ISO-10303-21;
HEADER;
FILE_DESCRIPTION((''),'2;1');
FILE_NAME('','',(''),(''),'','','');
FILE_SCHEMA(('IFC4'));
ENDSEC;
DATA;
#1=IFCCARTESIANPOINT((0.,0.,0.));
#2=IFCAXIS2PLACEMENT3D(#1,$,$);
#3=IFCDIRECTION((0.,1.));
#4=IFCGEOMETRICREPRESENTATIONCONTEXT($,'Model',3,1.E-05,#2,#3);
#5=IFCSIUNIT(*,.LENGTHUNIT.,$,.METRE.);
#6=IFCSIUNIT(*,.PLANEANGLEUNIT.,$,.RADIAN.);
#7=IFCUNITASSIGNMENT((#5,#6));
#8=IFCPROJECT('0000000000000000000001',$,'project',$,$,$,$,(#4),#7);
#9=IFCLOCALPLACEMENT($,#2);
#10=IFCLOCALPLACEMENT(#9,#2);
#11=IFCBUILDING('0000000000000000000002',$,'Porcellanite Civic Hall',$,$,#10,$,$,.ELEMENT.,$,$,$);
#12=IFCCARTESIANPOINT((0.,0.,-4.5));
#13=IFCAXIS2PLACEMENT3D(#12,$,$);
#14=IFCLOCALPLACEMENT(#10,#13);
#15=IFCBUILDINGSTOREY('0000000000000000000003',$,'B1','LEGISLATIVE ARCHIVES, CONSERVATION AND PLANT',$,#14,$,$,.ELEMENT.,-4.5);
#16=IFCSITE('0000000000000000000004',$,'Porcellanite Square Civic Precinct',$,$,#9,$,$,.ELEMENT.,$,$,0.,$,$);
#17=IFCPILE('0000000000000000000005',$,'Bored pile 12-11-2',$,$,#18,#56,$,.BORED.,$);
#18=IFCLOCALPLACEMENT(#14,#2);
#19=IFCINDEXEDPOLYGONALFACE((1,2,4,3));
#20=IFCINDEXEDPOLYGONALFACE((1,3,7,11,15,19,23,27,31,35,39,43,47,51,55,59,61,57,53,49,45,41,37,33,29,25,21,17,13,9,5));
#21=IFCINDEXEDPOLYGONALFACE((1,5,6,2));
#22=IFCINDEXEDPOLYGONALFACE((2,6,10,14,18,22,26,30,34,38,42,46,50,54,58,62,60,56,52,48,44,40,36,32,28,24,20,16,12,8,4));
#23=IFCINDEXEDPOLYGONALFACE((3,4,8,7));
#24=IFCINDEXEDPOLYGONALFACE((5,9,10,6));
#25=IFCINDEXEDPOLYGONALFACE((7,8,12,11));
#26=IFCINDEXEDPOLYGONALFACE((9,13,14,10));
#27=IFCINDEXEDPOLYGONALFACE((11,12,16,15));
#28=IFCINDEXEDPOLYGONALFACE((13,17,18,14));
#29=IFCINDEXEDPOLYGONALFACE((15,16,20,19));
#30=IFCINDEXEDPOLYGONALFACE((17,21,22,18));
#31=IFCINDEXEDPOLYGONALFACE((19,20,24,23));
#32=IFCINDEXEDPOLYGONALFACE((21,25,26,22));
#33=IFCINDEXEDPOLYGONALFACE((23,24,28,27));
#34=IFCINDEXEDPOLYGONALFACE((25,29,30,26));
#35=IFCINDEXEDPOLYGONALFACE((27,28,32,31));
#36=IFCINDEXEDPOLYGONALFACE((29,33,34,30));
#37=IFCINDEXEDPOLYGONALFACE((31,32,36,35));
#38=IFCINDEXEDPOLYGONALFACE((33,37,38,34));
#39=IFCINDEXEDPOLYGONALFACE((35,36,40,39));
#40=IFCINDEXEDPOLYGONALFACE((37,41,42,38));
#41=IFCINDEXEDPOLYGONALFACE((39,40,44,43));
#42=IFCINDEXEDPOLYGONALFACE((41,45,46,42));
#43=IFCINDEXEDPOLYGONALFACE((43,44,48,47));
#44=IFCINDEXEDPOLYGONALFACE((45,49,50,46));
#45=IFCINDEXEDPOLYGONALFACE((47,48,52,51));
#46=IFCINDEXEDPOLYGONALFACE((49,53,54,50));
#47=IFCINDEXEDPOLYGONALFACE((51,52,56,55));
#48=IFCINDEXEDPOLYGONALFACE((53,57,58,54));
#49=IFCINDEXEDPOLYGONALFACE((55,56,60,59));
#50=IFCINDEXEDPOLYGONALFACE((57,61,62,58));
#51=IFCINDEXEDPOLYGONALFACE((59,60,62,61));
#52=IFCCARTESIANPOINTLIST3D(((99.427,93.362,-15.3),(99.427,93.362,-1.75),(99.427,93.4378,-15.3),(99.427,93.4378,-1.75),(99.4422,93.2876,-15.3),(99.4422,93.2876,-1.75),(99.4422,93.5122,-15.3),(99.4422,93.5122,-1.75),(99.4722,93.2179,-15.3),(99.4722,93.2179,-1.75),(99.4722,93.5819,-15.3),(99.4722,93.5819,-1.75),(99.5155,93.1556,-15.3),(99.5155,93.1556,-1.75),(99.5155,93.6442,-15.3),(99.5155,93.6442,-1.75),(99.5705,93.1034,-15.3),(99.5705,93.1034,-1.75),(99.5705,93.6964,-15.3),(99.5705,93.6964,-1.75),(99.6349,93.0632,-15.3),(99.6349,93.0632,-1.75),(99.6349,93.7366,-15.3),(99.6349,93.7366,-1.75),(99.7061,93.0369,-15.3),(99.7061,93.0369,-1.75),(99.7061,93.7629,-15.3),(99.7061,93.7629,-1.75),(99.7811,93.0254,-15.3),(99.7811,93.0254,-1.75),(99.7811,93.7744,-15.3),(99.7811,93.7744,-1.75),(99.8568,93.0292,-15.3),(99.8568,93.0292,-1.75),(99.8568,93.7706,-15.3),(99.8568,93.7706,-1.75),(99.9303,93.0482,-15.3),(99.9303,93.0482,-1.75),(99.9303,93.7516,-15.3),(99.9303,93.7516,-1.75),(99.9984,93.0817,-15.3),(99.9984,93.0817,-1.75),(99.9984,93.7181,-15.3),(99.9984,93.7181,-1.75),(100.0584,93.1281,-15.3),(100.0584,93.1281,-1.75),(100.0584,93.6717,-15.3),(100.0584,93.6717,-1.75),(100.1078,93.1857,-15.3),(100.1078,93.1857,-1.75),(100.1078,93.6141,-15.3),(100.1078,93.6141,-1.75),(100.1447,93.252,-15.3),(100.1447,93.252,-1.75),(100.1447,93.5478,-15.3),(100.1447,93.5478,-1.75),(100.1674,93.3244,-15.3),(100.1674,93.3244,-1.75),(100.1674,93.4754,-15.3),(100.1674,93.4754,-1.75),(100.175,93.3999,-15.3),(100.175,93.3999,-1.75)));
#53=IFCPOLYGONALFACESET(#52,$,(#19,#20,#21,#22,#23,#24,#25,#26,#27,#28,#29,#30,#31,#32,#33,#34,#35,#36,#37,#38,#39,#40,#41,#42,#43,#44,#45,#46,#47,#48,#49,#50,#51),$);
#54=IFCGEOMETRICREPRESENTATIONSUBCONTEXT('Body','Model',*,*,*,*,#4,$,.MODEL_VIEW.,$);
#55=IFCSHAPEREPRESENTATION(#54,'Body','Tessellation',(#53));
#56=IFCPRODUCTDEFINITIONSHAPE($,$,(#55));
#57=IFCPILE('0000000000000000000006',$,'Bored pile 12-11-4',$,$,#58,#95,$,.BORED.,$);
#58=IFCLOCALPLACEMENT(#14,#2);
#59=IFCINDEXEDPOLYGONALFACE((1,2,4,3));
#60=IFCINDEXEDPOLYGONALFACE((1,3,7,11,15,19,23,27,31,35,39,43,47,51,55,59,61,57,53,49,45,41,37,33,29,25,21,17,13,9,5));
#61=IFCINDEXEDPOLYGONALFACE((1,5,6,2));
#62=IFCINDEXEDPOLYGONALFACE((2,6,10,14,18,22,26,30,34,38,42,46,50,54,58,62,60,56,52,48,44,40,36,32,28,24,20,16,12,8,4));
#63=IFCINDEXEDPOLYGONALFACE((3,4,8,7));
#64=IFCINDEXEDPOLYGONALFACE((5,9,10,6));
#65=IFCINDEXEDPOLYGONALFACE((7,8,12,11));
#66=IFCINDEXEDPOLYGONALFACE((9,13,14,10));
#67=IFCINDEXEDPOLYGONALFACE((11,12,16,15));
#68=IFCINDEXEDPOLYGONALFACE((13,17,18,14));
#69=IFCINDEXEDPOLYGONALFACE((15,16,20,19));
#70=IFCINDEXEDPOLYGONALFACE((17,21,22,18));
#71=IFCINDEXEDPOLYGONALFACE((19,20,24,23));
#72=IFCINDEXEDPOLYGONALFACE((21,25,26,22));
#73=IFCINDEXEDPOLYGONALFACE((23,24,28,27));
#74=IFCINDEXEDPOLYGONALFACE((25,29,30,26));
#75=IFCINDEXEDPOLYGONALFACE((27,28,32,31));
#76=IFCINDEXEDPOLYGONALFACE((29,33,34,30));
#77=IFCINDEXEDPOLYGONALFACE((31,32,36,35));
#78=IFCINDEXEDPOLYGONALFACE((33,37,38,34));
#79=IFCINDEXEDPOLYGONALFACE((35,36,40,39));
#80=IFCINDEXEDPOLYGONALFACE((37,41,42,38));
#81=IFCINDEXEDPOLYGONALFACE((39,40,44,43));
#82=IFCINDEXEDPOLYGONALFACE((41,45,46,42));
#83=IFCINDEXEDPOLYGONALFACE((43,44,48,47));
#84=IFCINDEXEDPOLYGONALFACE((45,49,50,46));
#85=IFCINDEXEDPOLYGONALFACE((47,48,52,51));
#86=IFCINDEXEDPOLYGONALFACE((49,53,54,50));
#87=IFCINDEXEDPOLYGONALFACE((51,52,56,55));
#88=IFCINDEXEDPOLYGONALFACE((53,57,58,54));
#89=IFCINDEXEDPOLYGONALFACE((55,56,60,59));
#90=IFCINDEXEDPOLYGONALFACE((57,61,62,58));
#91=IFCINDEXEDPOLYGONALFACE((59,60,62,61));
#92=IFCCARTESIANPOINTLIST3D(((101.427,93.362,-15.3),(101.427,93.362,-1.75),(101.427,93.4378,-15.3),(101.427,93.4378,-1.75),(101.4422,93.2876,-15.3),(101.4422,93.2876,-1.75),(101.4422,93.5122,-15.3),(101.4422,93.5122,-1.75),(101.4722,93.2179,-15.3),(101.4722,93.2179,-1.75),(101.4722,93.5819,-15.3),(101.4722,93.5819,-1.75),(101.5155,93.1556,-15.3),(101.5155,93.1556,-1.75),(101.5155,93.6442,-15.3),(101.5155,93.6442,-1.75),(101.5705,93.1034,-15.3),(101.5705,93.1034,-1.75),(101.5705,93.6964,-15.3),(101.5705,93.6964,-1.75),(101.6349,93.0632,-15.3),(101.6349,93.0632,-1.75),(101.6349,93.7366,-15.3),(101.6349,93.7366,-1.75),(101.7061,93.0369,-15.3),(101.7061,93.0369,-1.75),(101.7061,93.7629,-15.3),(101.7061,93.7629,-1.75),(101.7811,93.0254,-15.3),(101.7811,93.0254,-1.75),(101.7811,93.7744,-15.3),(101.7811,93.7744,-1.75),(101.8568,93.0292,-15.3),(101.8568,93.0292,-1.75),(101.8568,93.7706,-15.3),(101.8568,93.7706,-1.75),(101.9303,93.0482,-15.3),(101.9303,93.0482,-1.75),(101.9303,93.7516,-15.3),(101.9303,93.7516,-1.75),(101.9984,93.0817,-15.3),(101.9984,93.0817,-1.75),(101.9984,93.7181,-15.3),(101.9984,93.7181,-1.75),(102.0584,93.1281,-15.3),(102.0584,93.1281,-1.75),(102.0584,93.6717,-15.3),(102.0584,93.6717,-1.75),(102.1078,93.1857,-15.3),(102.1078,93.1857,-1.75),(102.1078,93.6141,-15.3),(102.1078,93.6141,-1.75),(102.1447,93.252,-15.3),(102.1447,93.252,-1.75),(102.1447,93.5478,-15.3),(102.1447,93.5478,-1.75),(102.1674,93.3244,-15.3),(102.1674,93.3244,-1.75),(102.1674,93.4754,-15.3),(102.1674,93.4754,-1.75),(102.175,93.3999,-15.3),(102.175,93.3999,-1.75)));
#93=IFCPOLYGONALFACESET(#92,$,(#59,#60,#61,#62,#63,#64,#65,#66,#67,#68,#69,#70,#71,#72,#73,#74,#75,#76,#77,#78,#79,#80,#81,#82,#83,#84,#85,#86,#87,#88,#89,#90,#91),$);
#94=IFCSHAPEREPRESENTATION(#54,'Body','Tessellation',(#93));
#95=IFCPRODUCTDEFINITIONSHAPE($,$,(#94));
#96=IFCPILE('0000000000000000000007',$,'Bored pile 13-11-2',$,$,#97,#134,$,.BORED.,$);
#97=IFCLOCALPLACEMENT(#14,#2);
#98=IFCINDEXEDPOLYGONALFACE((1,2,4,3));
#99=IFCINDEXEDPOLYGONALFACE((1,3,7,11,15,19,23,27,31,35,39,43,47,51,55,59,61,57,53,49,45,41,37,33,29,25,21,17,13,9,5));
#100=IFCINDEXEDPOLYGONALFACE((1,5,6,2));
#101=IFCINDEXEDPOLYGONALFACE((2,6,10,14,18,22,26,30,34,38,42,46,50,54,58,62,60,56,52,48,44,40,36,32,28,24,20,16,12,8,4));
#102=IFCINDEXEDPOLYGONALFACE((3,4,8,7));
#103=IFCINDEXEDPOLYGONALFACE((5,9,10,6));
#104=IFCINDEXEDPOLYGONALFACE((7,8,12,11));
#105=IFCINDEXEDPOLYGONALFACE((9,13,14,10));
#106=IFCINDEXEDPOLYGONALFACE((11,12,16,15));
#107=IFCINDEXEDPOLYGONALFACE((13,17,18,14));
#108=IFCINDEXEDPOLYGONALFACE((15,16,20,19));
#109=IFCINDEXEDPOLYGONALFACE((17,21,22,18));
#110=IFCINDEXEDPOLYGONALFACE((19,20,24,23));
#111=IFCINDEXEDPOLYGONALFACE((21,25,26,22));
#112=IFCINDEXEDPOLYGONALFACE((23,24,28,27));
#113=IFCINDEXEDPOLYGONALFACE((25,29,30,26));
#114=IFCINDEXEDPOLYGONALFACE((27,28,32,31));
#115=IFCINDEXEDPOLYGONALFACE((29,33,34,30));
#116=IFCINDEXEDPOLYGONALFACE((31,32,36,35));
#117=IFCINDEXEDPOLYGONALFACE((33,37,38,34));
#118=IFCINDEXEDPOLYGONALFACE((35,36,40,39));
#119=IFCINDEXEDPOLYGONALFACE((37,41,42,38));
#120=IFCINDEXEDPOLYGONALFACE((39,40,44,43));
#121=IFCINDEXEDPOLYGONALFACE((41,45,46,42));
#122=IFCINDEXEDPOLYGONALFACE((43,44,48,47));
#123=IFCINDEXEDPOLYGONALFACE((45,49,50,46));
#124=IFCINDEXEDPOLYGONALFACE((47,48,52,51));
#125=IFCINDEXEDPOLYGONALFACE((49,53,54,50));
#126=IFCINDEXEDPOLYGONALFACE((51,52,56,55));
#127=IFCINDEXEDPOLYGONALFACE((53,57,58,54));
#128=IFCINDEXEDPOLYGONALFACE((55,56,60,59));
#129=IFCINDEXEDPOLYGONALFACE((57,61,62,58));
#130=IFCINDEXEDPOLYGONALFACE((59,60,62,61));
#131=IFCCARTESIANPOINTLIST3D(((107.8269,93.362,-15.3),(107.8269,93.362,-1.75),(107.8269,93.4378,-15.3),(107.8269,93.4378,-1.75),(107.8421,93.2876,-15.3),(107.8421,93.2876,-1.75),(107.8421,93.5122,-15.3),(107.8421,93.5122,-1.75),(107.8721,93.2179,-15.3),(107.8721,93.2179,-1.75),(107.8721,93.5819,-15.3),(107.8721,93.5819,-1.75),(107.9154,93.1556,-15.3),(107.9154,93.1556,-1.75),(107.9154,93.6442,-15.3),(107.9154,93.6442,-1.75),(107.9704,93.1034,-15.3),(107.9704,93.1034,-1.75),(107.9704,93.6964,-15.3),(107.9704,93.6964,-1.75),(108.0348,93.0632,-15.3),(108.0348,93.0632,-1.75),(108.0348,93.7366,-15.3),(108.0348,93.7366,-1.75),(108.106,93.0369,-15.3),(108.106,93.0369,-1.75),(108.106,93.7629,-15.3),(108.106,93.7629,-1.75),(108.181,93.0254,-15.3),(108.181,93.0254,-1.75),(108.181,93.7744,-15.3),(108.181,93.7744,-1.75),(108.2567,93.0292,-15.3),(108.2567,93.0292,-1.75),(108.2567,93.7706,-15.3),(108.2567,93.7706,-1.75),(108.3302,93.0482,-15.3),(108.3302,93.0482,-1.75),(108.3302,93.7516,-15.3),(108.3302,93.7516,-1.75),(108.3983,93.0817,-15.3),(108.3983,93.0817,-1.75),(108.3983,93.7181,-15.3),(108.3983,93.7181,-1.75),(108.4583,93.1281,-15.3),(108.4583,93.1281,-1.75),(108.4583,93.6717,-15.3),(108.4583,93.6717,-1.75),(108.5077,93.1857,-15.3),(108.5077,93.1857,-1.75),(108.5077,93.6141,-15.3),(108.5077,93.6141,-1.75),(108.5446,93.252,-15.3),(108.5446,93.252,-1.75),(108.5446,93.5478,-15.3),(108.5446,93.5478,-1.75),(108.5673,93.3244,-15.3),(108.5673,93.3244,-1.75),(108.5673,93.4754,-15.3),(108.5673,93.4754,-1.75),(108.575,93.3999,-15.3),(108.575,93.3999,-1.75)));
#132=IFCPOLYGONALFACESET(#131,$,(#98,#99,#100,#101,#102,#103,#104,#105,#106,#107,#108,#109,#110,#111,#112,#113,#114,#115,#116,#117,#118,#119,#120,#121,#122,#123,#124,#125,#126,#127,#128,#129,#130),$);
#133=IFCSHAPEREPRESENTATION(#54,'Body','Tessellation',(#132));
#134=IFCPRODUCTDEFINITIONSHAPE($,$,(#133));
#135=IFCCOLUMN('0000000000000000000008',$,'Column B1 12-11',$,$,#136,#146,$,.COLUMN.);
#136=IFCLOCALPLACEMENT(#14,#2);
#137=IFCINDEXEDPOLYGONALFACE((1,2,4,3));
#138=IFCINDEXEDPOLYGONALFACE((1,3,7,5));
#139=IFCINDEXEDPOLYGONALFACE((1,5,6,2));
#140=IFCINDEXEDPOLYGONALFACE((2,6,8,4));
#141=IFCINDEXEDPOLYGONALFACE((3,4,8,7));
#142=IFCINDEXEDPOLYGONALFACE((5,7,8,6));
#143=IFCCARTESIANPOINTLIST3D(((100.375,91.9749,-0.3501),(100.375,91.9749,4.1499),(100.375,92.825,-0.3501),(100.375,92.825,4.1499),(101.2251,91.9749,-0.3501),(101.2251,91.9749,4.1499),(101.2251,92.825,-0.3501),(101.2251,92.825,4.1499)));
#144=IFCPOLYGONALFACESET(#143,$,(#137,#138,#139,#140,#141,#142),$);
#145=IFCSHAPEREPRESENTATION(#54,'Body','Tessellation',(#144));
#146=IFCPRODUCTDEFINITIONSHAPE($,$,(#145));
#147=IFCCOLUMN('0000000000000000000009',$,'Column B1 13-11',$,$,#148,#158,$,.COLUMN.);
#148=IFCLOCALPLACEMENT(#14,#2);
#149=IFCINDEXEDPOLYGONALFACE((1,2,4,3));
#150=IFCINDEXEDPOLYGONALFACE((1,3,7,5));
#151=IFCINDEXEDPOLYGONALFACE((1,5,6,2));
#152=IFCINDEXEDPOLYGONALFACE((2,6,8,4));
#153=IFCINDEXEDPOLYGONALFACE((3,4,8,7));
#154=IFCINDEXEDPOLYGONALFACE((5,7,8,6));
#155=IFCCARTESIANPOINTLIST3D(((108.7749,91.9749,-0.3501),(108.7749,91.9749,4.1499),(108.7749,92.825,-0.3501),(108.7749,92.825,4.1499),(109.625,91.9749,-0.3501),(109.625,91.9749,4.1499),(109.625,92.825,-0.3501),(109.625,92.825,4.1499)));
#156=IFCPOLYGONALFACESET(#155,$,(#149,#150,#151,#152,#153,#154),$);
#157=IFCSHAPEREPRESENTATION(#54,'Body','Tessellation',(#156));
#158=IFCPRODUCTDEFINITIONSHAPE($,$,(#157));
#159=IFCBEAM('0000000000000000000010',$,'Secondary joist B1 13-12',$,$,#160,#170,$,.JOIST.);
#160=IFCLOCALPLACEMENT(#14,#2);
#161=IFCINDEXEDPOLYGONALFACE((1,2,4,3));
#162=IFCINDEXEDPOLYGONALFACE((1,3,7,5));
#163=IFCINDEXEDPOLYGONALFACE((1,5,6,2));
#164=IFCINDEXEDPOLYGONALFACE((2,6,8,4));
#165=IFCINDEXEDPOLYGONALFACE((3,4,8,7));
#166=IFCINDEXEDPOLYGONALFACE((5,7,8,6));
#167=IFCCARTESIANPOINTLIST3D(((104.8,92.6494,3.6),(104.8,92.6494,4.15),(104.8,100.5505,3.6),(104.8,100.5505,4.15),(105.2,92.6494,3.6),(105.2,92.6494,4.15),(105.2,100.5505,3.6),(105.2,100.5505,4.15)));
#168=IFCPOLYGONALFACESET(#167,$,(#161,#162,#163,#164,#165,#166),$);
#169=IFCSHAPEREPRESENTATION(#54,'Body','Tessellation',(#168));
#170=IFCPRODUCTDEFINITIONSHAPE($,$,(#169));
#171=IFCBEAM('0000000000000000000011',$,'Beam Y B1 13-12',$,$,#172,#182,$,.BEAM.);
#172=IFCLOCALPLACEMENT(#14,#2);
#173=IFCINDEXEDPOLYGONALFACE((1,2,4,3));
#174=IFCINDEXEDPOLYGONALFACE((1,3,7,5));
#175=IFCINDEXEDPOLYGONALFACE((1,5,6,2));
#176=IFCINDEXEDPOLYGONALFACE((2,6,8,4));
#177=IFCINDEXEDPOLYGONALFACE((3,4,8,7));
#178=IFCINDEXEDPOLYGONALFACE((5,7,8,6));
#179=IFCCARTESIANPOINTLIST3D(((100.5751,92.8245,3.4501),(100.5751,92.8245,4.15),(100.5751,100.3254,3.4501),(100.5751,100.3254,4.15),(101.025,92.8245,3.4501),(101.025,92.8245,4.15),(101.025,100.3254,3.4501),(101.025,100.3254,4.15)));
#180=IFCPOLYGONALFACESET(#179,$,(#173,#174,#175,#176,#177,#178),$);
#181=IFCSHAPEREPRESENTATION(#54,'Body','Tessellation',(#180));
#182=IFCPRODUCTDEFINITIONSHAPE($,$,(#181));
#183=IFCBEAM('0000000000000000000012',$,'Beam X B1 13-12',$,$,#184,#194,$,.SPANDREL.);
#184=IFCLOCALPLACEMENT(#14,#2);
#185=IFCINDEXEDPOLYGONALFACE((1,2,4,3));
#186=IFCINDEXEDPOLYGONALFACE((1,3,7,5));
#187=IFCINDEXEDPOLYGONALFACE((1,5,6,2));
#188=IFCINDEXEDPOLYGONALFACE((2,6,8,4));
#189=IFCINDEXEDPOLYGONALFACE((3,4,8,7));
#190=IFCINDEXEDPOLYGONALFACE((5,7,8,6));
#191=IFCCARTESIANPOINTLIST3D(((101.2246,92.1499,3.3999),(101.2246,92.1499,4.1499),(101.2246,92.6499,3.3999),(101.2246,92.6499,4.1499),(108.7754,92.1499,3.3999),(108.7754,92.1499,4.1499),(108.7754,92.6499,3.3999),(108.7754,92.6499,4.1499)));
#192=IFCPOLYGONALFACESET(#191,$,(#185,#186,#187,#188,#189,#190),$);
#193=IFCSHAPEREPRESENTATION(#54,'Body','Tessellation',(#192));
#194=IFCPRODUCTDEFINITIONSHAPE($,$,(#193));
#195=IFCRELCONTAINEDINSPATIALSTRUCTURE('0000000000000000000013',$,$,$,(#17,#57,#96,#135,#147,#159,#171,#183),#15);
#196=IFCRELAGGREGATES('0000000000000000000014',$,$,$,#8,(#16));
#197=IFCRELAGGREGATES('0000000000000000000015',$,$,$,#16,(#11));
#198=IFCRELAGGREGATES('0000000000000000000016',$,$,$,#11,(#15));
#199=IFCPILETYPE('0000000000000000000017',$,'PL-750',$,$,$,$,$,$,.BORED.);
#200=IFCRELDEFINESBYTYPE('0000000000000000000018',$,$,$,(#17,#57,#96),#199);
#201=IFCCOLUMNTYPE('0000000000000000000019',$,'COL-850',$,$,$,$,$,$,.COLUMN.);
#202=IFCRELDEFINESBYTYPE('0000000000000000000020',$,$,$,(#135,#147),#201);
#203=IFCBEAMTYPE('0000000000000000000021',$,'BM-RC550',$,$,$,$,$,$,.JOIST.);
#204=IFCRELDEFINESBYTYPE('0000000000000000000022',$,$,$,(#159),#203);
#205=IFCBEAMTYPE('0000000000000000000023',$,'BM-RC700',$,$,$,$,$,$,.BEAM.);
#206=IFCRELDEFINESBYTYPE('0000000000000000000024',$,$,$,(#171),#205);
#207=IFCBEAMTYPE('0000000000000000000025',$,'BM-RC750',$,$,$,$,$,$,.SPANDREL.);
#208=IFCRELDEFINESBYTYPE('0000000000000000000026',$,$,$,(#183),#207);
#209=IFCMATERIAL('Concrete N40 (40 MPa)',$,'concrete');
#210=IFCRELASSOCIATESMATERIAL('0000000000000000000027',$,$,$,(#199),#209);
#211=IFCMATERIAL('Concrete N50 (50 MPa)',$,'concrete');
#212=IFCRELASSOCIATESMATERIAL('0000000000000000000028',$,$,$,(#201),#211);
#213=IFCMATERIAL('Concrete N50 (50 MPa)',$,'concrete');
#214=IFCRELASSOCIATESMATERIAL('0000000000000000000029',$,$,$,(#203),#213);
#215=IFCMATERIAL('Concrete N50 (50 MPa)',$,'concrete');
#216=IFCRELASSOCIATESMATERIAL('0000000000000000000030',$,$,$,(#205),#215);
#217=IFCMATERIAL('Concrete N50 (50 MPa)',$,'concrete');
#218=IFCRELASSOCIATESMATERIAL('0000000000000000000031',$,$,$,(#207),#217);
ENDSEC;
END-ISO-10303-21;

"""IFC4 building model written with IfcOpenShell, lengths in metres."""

from ifc_helpers import new_model, si_unit, direction, frame, origin, origin_2d, place, context, subcontext, project, spatial, rectangle, circle, extrude, material, material_profile, profile_set, type_object, element, save


model = new_model("IFC4")

# Units and contexts
model_context = context("Model", 3, precision=1e-05, world=origin(), true_north=direction((0.0, 1.0)))
body_context = subcontext(model_context, "Body", "Model", "MODEL_VIEW")
ifc_project = project(units=[si_unit("LENGTHUNIT", "METRE"), si_unit("PLANEANGLEUNIT", "RADIAN")], contexts=[model_context])

# Site, building, storey
site_placement = place(None, origin())
site = spatial("IfcSite", under=ifc_project, at=site_placement, Name="Porcellanite Square Civic Precinct", CompositionType="ELEMENT", RefElevation=0.0)
building_placement = place(site_placement, origin())
building = spatial("IfcBuilding", under=site, at=building_placement, Name="Porcellanite Civic Hall", CompositionType="ELEMENT")
storey_placement = place(building_placement, frame((0.0, 0.0, -4.5)))
storey = spatial("IfcBuildingStorey", under=building, at=storey_placement, Name="B1", Description="LEGISLATIVE ARCHIVES, CONSERVATION AND PLANT", CompositionType="ELEMENT", Elevation=-4.5)

# Piles
ifc_material_1 = material(Name="Concrete N40 (40 MPa)", Category="concrete")
ifc_material_profile_1 = material_profile(ifc_material_1, circle(Radius=0.375, at=origin_2d()), Name="PILE-D750")
ifc_profile_set_1 = profile_set([ifc_material_profile_1], Name="Concrete N40 (40 MPa)")
pile_type_1 = type_object("IfcPileType", Name="PL-750", PredefinedType="BORED", material=ifc_profile_set_1)
for number, where, z_axis, x_axis, name in (
    (1, (99.8, 93.3999, -1.75), (0.0, 0.0, -1.0), (1.0, 0.0, 0.0), "Bored pile 12-11-2"),
    (2, (101.8, 93.3999, -1.75), (0.0, 0.0, -1.0), (1.0, 0.0, 0.0), "Bored pile 12-11-4"),
    (3, (108.2, 93.3999, -1.75), (0.0, 0.0, -1.0), (1.0, 0.0, 0.0), "Bored pile 13-11-2"),
):
    element("IfcPile", number, at=place(storey_placement, frame(where, z_axis=z_axis, x_axis=x_axis)), inside=storey, type_object=pile_type_1, Name=name, PredefinedType="BORED", context=body_context, shape_type="SweptSolid", body=[
        extrude(circle(Radius=0.375, at=origin_2d()), origin(), (0.0, 0.0, 1.0), 13.55),
    ])

# Columns
ifc_material_2 = material(Name="Concrete N50 (50 MPa)", Category="concrete")
ifc_material_profile_2 = material_profile(ifc_material_2, rectangle(XDim=0.8501, YDim=0.8501, at=origin_2d()), Name="RC-850x850")
ifc_profile_set_2 = profile_set([ifc_material_profile_2], Name="Concrete N50 (50 MPa)")
column_type = type_object("IfcColumnType", Name="COL-850", PredefinedType="COLUMN", material=ifc_profile_set_2)
for number, where, z_axis, x_axis, name in (
    (4, (100.8, 92.3999, -0.3501), (0.0, 0.0, 1.0), (1.0, 0.0, 0.0), "Column B1 12-11"),
    (5, (109.2, 92.3999, -0.3501), (0.0, 0.0, 1.0), (1.0, 0.0, 0.0), "Column B1 13-11"),
):
    element("IfcColumn", number, at=place(storey_placement, frame(where, z_axis=z_axis, x_axis=x_axis)), inside=storey, type_object=column_type, Name=name, PredefinedType="COLUMN", context=body_context, shape_type="SweptSolid", body=[
        extrude(rectangle(XDim=0.8501, YDim=0.8501, at=origin_2d()), origin(), (0.0, 0.0, 1.0), 4.5),
    ])

# Beams
ifc_material_3 = material(Name="Concrete N50 (50 MPa)", Category="concrete")
ifc_material_profile_3 = material_profile(ifc_material_3, rectangle(XDim=0.3999, YDim=0.55, at=origin_2d()), Name="RC-400x550")
ifc_profile_set_3 = profile_set([ifc_material_profile_3], Name="Concrete N50 (50 MPa)")
beam_type_1 = type_object("IfcBeamType", Name="BM-RC550", PredefinedType="JOIST", material=ifc_profile_set_3)
beam_1_placement = place(storey_placement, frame((105.0, 92.6494, 3.875), z_axis=(0.0, 1.0, 0.0), x_axis=(-1.0, 0.0, 0.0)))
element("IfcBeam", 6, at=beam_1_placement, inside=storey, type_object=beam_type_1, Name="Secondary joist B1 13-12", PredefinedType="JOIST", context=body_context, shape_type="SweptSolid", body=[
    extrude(rectangle(XDim=0.3999, YDim=0.55, at=origin_2d()), origin(), (0.0, 0.0, 1.0), 7.9011),
])
ifc_material_4 = material(Name="Concrete N50 (50 MPa)", Category="concrete")
ifc_material_profile_4 = material_profile(ifc_material_4, rectangle(XDim=0.45, YDim=0.7, at=origin_2d()), Name="RC-450x700")
ifc_profile_set_4 = profile_set([ifc_material_profile_4], Name="Concrete N50 (50 MPa)")
beam_type_2 = type_object("IfcBeamType", Name="BM-RC700", PredefinedType="BEAM", material=ifc_profile_set_4)
beam_2_placement = place(storey_placement, frame((100.8, 92.8245, 3.8), z_axis=(0.0, 1.0, 0.0), x_axis=(-1.0, 0.0, 0.0)))
element("IfcBeam", 7, at=beam_2_placement, inside=storey, type_object=beam_type_2, Name="Beam Y B1 13-12", PredefinedType="BEAM", context=body_context, shape_type="SweptSolid", body=[
    extrude(rectangle(XDim=0.45, YDim=0.7, at=origin_2d()), origin(), (0.0, 0.0, 1.0), 7.501),
])
ifc_material_5 = material(Name="Concrete N50 (50 MPa)", Category="concrete")
ifc_material_profile_5 = material_profile(ifc_material_5, rectangle(XDim=0.5, YDim=0.75, at=origin_2d()), Name="RC-500x750")
ifc_profile_set_5 = profile_set([ifc_material_profile_5], Name="Concrete N50 (50 MPa)")
beam_type_3 = type_object("IfcBeamType", Name="BM-RC750", PredefinedType="SPANDREL", material=ifc_profile_set_5)
beam_3_placement = place(storey_placement, frame((101.2246, 92.3999, 3.7749), z_axis=(1.0, 0.0, 0.0), x_axis=(0.0, 1.0, 0.0)))
element("IfcBeam", 8, at=beam_3_placement, inside=storey, type_object=beam_type_3, Name="Beam X B1 13-12", PredefinedType="SPANDREL", context=body_context, shape_type="SweptSolid", body=[
    extrude(rectangle(XDim=0.5, YDim=0.75, at=origin_2d()), origin(), (0.0, 0.0, 1.0), 7.5508),
])

save(model, "model.ifc")
